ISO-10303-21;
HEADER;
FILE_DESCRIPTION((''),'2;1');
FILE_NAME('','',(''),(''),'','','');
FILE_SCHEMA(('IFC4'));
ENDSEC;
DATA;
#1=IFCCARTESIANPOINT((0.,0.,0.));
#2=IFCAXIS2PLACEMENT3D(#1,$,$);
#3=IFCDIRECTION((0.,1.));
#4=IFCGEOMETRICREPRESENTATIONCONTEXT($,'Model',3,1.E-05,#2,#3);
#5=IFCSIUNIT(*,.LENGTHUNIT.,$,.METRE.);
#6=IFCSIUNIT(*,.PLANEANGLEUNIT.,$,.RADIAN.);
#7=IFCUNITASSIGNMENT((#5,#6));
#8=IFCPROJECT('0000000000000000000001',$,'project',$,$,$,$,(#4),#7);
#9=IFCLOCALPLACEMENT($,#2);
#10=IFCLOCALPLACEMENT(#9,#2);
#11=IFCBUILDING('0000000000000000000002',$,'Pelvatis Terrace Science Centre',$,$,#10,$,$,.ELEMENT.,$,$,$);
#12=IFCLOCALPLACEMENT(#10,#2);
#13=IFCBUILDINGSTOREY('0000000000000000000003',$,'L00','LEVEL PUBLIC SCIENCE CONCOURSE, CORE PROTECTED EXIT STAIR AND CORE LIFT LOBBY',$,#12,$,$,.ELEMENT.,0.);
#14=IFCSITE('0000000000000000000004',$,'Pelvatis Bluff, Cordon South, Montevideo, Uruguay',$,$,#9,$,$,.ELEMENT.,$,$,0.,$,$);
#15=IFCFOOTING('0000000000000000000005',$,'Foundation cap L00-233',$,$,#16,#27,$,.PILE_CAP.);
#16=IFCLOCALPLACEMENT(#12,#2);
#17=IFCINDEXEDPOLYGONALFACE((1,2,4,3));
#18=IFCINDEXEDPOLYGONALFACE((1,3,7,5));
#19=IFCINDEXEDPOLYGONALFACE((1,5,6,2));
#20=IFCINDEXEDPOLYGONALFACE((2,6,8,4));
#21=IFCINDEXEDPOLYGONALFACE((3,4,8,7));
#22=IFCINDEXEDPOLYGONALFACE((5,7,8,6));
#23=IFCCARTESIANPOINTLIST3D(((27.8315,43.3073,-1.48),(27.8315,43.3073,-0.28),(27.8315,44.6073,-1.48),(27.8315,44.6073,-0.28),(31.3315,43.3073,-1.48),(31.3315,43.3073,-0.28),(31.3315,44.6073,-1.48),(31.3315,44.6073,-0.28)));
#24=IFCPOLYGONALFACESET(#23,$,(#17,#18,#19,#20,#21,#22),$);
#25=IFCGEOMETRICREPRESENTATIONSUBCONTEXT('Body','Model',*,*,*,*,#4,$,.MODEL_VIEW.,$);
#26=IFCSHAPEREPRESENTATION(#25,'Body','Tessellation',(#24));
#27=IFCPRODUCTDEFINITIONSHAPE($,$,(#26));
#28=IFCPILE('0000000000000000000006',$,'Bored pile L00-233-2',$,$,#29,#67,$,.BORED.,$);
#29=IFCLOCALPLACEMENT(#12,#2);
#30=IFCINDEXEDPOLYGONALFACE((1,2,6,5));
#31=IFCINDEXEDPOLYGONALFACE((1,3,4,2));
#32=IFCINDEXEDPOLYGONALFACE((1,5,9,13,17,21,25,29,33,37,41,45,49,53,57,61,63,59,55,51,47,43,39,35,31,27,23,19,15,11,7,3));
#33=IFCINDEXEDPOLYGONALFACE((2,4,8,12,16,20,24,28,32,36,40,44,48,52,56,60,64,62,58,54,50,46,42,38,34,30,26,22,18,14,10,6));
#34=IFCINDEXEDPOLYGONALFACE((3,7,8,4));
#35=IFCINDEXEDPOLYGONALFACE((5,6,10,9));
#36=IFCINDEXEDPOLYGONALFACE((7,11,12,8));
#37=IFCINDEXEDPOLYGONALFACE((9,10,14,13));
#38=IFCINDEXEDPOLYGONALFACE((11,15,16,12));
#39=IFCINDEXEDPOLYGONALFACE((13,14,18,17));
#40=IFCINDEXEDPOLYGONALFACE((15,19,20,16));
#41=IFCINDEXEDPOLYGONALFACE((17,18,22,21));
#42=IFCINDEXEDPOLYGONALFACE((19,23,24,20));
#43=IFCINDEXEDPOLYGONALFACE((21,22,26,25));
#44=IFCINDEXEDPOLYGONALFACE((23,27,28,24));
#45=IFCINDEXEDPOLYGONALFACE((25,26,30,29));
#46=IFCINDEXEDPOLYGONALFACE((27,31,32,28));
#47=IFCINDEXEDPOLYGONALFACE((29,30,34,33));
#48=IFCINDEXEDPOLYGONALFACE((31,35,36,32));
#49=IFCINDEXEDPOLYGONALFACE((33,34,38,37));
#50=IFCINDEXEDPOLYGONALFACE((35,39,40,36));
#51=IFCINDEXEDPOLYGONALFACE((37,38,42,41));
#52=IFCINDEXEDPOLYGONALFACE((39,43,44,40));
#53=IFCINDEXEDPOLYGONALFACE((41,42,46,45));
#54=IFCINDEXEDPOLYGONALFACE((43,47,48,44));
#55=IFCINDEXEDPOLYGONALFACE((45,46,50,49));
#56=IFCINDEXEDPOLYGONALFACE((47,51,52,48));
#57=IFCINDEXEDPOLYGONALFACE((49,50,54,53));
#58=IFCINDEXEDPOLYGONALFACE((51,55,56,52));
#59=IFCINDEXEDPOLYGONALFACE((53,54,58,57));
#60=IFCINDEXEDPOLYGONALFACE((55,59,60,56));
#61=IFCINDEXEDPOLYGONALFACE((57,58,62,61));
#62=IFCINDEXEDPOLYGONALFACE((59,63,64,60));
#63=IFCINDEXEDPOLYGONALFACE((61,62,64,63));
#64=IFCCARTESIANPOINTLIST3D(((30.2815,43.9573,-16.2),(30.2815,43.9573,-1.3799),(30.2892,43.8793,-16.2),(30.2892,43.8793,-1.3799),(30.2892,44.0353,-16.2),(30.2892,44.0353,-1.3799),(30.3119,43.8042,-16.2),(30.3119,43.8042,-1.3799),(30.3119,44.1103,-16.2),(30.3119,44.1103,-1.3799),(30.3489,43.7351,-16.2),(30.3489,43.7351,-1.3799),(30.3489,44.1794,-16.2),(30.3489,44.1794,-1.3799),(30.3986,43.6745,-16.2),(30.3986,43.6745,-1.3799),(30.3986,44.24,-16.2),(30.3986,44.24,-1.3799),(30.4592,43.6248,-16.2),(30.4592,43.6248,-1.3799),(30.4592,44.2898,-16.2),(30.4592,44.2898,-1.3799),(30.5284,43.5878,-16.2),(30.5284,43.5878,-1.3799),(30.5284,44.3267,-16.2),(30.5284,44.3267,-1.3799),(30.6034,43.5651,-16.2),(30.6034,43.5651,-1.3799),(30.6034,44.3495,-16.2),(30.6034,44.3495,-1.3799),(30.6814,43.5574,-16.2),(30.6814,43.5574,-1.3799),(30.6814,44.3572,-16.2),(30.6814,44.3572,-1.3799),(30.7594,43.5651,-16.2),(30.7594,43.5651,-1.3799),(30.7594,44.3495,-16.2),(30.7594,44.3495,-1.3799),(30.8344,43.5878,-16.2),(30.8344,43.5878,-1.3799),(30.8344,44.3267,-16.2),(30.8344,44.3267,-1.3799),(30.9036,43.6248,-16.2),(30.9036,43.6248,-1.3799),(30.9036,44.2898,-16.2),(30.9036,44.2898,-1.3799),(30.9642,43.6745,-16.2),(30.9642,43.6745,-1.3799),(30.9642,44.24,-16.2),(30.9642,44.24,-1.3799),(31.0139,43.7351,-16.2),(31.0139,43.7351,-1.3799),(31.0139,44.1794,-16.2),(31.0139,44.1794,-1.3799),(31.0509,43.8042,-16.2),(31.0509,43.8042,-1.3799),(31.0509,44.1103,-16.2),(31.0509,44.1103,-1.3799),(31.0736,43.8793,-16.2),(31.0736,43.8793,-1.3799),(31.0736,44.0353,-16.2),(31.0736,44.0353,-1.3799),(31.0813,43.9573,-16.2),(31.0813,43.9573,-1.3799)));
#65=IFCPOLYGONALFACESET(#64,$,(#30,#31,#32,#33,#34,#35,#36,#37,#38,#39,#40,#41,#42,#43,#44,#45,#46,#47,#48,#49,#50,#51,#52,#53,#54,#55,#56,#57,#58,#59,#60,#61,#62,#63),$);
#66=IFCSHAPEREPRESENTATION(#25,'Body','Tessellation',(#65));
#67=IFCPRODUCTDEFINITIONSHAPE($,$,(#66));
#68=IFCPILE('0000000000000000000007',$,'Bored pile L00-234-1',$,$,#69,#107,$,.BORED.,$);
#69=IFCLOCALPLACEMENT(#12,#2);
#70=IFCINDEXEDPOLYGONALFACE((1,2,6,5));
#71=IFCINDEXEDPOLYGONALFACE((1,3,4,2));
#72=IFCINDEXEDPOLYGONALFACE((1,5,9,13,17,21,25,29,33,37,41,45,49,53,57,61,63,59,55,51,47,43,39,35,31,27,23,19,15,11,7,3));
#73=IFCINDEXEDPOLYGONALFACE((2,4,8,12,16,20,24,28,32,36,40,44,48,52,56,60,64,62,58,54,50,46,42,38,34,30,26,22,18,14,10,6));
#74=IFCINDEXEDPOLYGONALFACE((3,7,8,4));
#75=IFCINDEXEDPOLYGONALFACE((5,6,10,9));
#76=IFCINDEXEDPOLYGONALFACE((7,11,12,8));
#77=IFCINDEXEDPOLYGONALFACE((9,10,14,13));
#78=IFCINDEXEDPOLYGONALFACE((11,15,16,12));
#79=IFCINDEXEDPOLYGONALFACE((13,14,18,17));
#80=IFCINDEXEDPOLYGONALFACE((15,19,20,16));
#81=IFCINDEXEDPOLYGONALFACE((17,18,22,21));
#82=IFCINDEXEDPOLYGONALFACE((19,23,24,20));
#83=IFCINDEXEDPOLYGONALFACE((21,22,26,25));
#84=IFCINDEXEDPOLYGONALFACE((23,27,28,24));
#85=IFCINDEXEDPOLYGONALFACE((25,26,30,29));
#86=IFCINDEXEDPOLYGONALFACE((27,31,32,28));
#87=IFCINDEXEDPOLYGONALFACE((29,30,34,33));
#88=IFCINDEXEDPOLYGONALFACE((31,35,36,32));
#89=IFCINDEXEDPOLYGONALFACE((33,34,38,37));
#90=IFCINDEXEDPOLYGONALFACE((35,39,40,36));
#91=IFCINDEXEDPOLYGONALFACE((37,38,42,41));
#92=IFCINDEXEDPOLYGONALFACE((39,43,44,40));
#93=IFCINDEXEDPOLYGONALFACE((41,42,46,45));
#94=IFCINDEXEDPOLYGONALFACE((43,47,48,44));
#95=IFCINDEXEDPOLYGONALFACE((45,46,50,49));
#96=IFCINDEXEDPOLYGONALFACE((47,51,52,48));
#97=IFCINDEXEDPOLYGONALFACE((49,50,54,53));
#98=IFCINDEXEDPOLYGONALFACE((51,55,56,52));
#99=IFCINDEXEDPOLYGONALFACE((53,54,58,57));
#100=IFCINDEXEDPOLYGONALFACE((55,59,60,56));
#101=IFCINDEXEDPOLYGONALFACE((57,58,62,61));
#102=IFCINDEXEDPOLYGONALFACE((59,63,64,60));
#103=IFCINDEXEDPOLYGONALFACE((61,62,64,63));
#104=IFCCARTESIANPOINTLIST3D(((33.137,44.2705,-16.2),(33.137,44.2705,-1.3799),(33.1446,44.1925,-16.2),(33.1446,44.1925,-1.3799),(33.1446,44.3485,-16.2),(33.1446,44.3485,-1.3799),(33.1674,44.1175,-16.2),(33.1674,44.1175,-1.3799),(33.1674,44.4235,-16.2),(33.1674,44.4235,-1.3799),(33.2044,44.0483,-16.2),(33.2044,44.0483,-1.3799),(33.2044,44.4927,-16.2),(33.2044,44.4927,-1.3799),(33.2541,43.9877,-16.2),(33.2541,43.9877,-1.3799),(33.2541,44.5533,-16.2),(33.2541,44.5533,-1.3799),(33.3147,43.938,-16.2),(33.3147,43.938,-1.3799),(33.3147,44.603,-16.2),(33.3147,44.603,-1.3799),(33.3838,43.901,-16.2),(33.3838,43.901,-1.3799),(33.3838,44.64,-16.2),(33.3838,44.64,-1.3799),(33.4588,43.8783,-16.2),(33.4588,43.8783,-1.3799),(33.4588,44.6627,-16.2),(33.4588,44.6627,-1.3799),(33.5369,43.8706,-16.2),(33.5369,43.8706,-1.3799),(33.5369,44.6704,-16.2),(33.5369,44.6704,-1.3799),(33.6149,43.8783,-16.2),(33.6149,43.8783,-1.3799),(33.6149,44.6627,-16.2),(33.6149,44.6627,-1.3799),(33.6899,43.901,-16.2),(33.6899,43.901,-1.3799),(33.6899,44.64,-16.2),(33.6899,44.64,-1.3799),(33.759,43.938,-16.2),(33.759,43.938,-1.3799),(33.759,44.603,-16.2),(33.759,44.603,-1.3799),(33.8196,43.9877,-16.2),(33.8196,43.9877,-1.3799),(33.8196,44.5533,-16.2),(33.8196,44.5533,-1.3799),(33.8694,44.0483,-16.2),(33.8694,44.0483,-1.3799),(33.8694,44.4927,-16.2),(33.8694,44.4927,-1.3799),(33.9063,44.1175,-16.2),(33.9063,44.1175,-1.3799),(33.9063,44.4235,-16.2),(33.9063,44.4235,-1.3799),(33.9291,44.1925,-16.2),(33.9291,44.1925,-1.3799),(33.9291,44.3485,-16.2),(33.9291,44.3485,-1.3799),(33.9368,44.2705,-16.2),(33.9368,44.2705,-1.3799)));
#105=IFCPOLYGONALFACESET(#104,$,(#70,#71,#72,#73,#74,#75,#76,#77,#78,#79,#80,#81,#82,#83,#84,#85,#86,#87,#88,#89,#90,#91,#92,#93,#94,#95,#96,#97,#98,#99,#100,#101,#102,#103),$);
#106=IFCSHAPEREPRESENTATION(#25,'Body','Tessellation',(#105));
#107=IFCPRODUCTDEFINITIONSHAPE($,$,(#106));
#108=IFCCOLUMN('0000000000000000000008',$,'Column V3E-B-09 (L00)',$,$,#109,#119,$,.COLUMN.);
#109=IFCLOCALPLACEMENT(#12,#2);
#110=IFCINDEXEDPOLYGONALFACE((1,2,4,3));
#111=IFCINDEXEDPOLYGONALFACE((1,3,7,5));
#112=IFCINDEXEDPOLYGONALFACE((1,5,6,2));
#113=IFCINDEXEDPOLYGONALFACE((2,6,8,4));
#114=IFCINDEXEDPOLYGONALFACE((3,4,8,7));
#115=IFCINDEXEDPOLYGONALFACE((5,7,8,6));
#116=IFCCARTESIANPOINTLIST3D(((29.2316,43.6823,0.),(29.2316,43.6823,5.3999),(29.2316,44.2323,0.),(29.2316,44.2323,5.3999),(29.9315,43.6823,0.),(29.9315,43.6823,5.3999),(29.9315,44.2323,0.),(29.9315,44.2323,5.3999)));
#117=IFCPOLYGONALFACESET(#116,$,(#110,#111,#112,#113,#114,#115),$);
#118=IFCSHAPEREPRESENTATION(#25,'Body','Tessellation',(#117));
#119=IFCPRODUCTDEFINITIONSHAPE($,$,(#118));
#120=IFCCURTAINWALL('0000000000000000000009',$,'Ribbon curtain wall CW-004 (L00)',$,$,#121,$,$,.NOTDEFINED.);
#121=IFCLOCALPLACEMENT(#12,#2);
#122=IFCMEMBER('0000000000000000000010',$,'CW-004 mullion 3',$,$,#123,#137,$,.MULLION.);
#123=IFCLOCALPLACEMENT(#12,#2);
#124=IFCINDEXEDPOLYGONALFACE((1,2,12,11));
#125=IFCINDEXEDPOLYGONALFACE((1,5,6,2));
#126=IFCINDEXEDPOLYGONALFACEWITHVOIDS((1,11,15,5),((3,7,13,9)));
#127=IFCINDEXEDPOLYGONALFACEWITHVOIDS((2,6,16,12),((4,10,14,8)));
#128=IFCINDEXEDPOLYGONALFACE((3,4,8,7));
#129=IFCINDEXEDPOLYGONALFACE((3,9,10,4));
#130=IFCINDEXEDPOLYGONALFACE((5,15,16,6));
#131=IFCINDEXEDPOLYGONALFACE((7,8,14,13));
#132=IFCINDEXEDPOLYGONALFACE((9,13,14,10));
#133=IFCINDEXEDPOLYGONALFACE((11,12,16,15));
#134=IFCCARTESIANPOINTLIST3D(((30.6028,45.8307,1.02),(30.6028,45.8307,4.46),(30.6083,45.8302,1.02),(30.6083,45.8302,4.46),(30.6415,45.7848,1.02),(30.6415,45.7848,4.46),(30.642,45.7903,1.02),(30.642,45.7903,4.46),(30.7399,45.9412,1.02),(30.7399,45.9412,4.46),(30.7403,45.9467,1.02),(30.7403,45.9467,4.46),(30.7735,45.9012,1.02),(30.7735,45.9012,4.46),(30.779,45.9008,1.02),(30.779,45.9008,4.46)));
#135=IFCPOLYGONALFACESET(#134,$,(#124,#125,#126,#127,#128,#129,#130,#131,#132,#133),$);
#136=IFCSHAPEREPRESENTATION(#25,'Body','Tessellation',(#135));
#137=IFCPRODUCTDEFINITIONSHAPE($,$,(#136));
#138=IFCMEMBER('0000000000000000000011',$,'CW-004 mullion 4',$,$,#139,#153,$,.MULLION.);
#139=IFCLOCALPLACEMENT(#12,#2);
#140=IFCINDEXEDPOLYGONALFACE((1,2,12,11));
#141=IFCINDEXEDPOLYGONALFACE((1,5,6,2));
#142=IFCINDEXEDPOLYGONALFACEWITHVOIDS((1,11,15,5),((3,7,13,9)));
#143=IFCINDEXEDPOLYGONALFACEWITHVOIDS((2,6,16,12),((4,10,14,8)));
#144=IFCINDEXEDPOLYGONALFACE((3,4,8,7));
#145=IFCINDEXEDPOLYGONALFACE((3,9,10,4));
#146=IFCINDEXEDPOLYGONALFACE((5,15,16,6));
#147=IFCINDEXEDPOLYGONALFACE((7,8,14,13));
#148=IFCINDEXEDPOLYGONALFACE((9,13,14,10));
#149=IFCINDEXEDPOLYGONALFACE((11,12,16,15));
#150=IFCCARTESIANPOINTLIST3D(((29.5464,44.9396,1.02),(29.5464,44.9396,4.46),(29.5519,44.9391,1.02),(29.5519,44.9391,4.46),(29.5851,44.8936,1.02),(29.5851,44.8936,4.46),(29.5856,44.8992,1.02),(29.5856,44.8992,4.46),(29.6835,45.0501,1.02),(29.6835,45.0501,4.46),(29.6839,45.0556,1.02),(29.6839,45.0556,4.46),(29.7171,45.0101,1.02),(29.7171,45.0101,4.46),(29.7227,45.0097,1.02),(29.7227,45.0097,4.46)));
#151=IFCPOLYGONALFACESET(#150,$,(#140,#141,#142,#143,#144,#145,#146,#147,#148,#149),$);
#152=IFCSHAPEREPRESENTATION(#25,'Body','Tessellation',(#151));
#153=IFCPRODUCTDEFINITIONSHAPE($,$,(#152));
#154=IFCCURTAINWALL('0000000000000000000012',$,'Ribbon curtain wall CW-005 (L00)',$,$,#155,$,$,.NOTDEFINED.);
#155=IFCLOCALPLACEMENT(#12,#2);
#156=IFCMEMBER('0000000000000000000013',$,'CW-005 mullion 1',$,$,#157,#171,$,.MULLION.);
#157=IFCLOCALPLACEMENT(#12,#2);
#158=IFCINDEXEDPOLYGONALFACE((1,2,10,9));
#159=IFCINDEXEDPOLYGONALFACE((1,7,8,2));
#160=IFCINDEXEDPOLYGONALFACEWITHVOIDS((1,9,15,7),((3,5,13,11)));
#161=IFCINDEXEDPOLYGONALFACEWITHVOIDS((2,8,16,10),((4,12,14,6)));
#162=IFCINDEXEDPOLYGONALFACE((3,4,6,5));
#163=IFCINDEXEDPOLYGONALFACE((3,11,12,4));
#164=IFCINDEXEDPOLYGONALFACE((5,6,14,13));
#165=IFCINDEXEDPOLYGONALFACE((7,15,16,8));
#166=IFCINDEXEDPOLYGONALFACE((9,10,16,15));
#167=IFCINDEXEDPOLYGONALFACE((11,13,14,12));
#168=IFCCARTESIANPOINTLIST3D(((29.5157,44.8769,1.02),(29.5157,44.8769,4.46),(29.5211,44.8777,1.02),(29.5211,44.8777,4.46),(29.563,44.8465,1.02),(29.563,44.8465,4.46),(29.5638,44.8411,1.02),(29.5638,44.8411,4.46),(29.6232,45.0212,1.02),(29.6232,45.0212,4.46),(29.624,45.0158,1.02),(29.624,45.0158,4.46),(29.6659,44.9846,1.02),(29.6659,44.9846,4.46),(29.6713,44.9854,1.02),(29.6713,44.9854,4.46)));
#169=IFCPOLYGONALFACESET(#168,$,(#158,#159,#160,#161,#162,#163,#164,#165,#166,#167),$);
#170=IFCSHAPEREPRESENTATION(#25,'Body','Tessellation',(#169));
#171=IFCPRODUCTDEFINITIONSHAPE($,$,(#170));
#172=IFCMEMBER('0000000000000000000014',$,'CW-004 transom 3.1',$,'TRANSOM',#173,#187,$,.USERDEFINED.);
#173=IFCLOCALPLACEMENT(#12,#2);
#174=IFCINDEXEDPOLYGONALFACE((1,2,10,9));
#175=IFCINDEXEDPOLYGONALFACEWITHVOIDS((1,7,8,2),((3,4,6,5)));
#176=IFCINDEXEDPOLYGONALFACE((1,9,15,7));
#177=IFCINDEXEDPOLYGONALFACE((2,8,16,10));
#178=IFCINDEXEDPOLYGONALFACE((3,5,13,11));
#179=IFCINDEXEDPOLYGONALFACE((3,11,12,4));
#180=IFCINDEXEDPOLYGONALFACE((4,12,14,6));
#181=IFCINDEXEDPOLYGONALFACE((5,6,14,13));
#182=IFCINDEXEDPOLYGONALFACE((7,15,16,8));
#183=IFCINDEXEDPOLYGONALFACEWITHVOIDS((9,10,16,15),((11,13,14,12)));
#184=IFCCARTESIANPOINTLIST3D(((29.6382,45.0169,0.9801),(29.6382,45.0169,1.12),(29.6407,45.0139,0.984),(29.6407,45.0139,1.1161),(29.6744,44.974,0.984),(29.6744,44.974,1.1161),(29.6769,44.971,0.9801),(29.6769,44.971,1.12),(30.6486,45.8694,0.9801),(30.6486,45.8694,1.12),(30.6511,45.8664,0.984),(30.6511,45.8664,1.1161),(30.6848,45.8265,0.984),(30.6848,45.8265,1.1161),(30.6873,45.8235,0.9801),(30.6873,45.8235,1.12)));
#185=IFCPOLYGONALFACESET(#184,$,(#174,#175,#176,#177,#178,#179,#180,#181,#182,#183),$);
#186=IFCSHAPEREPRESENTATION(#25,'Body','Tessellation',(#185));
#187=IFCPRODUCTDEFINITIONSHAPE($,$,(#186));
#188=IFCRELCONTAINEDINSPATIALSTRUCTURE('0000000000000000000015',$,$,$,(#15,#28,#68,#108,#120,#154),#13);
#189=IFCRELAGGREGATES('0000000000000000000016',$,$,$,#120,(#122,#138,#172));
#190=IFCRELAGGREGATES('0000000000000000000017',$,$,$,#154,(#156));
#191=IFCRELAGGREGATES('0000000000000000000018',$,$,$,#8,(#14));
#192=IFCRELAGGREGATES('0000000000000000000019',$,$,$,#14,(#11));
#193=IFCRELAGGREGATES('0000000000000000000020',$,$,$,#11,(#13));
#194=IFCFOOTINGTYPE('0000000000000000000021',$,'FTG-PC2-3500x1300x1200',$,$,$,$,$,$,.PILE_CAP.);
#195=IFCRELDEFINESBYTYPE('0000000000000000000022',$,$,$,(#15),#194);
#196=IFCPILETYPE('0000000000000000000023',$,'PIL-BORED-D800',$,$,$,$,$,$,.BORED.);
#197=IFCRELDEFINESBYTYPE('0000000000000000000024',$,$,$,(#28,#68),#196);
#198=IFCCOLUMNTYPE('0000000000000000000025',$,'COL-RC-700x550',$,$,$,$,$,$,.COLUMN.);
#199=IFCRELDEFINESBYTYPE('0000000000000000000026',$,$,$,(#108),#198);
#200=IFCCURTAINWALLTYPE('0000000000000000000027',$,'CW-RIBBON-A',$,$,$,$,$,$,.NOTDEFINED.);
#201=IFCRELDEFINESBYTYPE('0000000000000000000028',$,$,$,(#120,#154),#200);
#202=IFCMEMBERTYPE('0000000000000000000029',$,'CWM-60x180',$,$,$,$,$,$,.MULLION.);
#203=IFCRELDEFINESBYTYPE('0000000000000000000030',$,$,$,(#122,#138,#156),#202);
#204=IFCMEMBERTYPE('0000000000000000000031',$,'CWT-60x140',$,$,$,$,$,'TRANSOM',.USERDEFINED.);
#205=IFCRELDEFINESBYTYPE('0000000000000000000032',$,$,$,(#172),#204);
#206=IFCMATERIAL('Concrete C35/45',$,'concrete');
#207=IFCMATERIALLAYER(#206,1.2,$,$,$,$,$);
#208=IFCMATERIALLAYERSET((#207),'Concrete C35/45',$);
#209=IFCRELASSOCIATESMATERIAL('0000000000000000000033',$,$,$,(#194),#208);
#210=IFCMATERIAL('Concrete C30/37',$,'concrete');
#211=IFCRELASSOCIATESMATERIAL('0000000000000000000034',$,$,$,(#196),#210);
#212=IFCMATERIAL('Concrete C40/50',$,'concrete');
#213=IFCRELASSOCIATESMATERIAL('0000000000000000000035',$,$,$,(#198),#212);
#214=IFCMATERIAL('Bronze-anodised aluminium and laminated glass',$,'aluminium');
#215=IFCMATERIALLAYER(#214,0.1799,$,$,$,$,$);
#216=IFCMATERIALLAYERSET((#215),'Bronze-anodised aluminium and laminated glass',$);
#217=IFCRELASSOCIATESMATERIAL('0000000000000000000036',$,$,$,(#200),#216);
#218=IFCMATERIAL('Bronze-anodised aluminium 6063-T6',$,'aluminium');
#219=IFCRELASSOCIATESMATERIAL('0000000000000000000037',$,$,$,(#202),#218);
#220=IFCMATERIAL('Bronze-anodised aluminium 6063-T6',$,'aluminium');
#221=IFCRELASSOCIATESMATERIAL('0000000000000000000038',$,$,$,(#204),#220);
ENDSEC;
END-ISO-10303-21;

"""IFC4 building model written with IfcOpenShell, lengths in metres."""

from ifc_helpers import new_model, si_unit, direction, frame, origin, origin_2d, place, context, subcontext, project, spatial, rectangle, hollow_rectangle, circle, extrude, material, layer, layer_set, material_profile, profile_set, type_object, element, aggregate, save


model = new_model("IFC4")

# Units and contexts
model_context = context("Model", 3, precision=1e-05, world=origin(), true_north=direction((0.0, 1.0)))
body_context = subcontext(model_context, "Body", "Model", "MODEL_VIEW")
ifc_project = project(units=[si_unit("LENGTHUNIT", "METRE"), si_unit("PLANEANGLEUNIT", "RADIAN")], contexts=[model_context])

# Site, building, storey
site_placement = place(None, origin())
site = spatial("IfcSite", under=ifc_project, at=site_placement, Name="Pelvatis Bluff, Cordon South, Montevideo, Uruguay", CompositionType="ELEMENT", RefElevation=0.0)
building_placement = place(site_placement, origin())
building = spatial("IfcBuilding", under=site, at=building_placement, Name="Pelvatis Terrace Science Centre", CompositionType="ELEMENT")
storey_placement = place(building_placement, origin())
storey = spatial("IfcBuildingStorey", under=building, at=storey_placement, Name="L00", Description="LEVEL PUBLIC SCIENCE CONCOURSE, CORE PROTECTED EXIT STAIR AND CORE LIFT LOBBY", CompositionType="ELEMENT", Elevation=0.0)

# Footing
ifc_material_1 = material(Name="Concrete C35/45", Category="concrete")
ifc_layer_1 = layer(ifc_material_1, 1.2)
ifc_layer_set_1 = layer_set([ifc_layer_1], Name="Concrete C35/45")
footing_type = type_object("IfcFootingType", Name="FTG-PC2-3500x1300x1200", PredefinedType="PILE_CAP", material=ifc_layer_set_1)
footing_placement = place(storey_placement, frame((29.5815, 43.9573, -1.48), z_axis=(0.0, 0.0, 1.0), x_axis=(1.0, 0.0, 0.0)))
element("IfcFooting", 1, at=footing_placement, inside=storey, type_object=footing_type, Name="Foundation cap L00-233", PredefinedType="PILE_CAP", context=body_context, shape_type="SweptSolid", body=[
    extrude(rectangle(XDim=3.5, YDim=1.3, at=origin_2d()), origin(), (0.0, 0.0, 1.0), 1.2),
])

# Piles
ifc_material_2 = material(Name="Concrete C30/37", Category="concrete")
ifc_material_profile_1 = material_profile(ifc_material_2, circle(Radius=0.3999, at=origin_2d()), Name="PILE D800")
ifc_profile_set_1 = profile_set([ifc_material_profile_1], Name="Concrete C30/37")
pile_type = type_object("IfcPileType", Name="PIL-BORED-D800", PredefinedType="BORED", material=ifc_profile_set_1)
for number, where, z_axis, x_axis, name in (
    (2, (30.6814, 43.9573, -1.3799), (0.0, 0.0, -1.0), (1.0, 0.0, 0.0), "Bored pile L00-233-2"),
    (3, (33.5369, 44.2705, -1.3799), (0.0, 0.0, -1.0), (1.0, 0.0, 0.0), "Bored pile L00-234-1"),
):
    element("IfcPile", number, at=place(storey_placement, frame(where, z_axis=z_axis, x_axis=x_axis)), inside=storey, type_object=pile_type, Name=name, PredefinedType="BORED", context=body_context, shape_type="SweptSolid", body=[
        extrude(circle(Radius=0.3999, at=origin_2d()), origin(), (0.0, 0.0, 1.0), 14.8201),
    ])

# Column
ifc_material_3 = material(Name="Concrete C40/50", Category="concrete")
ifc_material_profile_2 = material_profile(ifc_material_3, rectangle(XDim=0.7, YDim=0.55, at=origin_2d()), Name="RC-COL 700x550")
ifc_profile_set_2 = profile_set([ifc_material_profile_2], Name="Concrete C40/50")
column_type = type_object("IfcColumnType", Name="COL-RC-700x550", PredefinedType="COLUMN", material=ifc_profile_set_2)
column_placement = place(storey_placement, frame((29.5815, 43.9573, 0.0), z_axis=(0.0, 0.0, 1.0), x_axis=(1.0, 0.0, 0.0)))
element("IfcColumn", 4, at=column_placement, inside=storey, type_object=column_type, Name="Column V3E-B-09 (L00)", PredefinedType="COLUMN", context=body_context, shape_type="SweptSolid", body=[
    extrude(rectangle(XDim=0.7, YDim=0.55, at=origin_2d()), origin(), (0.0, 0.0, 1.0), 5.3999),
])

# Curtain wall, members
ifc_material_4 = material(Name="Bronze-anodised aluminium and laminated glass", Category="aluminium")
ifc_layer_2 = layer(ifc_material_4, 0.1799)
ifc_layer_set_2 = layer_set([ifc_layer_2], Name="Bronze-anodised aluminium and laminated glass")
curtain_wall_type = type_object("IfcCurtainWallType", Name="CW-RIBBON-A", PredefinedType="NOTDEFINED", material=ifc_layer_set_2)
curtain_wall_1_placement = place(storey_placement, origin())
curtain_wall_1 = element("IfcCurtainWall", 5, at=curtain_wall_1_placement, inside=storey, type_object=curtain_wall_type, Name="Ribbon curtain wall CW-004 (L00)", PredefinedType="NOTDEFINED")
ifc_material_5 = material(Name="Bronze-anodised aluminium 6063-T6", Category="aluminium")
ifc_material_profile_3 = material_profile(ifc_material_5, hollow_rectangle(XDim=0.0601, YDim=0.1799, WallThickness=0.0039, at=origin_2d()), Name="ALU-MUL 60x180")
ifc_profile_set_3 = profile_set([ifc_material_profile_3], Name="Bronze-anodised aluminium 6063-T6")
member_type_1 = type_object("IfcMemberType", Name="CWM-60x180", PredefinedType="MULLION", material=ifc_profile_set_3)
member_1_placement = place(storey_placement, frame((30.6909, 45.8657, 1.02), z_axis=(0.0, 0.0, 1.0), x_axis=(0.644768, -0.764378, 0.0)))
member_1 = element("IfcMember", 6, at=member_1_placement, type_object=member_type_1, Name="CW-004 mullion 3", PredefinedType="MULLION", context=body_context, shape_type="SweptSolid", body=[
    extrude(hollow_rectangle(XDim=0.0601, YDim=0.1799, WallThickness=0.0039, at=origin_2d()), origin(), (0.0, 0.0, 1.0), 3.4399),
])
member_2_placement = place(storey_placement, frame((29.6345, 44.9746, 1.02), z_axis=(0.0, 0.0, 1.0), x_axis=(0.644768, -0.764378, 0.0)))
member_2 = element("IfcMember", 7, at=member_2_placement, type_object=member_type_1, Name="CW-004 mullion 4", PredefinedType="MULLION", context=body_context, shape_type="SweptSolid", body=[
    extrude(hollow_rectangle(XDim=0.0601, YDim=0.1799, WallThickness=0.0039, at=origin_2d()), origin(), (0.0, 0.0, 1.0), 3.4399),
])

# Curtain wall, member
curtain_wall_2_placement = place(storey_placement, origin())
curtain_wall_2 = element("IfcCurtainWall", 8, at=curtain_wall_2_placement, inside=storey, type_object=curtain_wall_type, Name="Ribbon curtain wall CW-005 (L00)", PredefinedType="NOTDEFINED")
member_3_placement = place(storey_placement, frame((29.5935, 44.9312, 1.02), z_axis=(0.0, 0.0, 1.0), x_axis=(0.801964, -0.597372, 0.0)))
member_3 = element("IfcMember", 9, at=member_3_placement, type_object=member_type_1, Name="CW-005 mullion 1", PredefinedType="MULLION", context=body_context, shape_type="SweptSolid", body=[
    extrude(hollow_rectangle(XDim=0.0601, YDim=0.1799, WallThickness=0.0039, at=origin_2d()), origin(), (0.0, 0.0, 1.0), 3.4399),
])

# Member
ifc_material_6 = material(Name="Bronze-anodised aluminium 6063-T6", Category="aluminium")
ifc_material_profile_4 = material_profile(ifc_material_6, hollow_rectangle(XDim=0.0601, YDim=0.1399, WallThickness=0.0039, at=origin_2d()), Name="ALU-TRN 60x140")
ifc_profile_set_4 = profile_set([ifc_material_profile_4], Name="Bronze-anodised aluminium 6063-T6")
member_type_2 = type_object("IfcMemberType", Name="CWT-60x140", ElementType="TRANSOM", PredefinedType="USERDEFINED", material=ifc_profile_set_4)
member_4_placement = place(storey_placement, frame((30.668, 45.8464, 1.05), z_axis=(-0.764317, -0.644841, 0.0), x_axis=(0.644841, -0.764317, 0.0)))
member_4 = element("IfcMember", 10, at=member_4_placement, type_object=member_type_2, Name="CW-004 transom 3.1", ObjectType="TRANSOM", PredefinedType="USERDEFINED", context=body_context, shape_type="SweptSolid", body=[
    extrude(hollow_rectangle(XDim=0.0601, YDim=0.1399, WallThickness=0.0039, at=origin_2d()), origin(), (0.0, 0.0, 1.0), 1.322),
])

aggregate(curtain_wall_1, [member_1, member_2, member_4])
aggregate(curtain_wall_2, [member_3])

save(model, "model.ifc")
